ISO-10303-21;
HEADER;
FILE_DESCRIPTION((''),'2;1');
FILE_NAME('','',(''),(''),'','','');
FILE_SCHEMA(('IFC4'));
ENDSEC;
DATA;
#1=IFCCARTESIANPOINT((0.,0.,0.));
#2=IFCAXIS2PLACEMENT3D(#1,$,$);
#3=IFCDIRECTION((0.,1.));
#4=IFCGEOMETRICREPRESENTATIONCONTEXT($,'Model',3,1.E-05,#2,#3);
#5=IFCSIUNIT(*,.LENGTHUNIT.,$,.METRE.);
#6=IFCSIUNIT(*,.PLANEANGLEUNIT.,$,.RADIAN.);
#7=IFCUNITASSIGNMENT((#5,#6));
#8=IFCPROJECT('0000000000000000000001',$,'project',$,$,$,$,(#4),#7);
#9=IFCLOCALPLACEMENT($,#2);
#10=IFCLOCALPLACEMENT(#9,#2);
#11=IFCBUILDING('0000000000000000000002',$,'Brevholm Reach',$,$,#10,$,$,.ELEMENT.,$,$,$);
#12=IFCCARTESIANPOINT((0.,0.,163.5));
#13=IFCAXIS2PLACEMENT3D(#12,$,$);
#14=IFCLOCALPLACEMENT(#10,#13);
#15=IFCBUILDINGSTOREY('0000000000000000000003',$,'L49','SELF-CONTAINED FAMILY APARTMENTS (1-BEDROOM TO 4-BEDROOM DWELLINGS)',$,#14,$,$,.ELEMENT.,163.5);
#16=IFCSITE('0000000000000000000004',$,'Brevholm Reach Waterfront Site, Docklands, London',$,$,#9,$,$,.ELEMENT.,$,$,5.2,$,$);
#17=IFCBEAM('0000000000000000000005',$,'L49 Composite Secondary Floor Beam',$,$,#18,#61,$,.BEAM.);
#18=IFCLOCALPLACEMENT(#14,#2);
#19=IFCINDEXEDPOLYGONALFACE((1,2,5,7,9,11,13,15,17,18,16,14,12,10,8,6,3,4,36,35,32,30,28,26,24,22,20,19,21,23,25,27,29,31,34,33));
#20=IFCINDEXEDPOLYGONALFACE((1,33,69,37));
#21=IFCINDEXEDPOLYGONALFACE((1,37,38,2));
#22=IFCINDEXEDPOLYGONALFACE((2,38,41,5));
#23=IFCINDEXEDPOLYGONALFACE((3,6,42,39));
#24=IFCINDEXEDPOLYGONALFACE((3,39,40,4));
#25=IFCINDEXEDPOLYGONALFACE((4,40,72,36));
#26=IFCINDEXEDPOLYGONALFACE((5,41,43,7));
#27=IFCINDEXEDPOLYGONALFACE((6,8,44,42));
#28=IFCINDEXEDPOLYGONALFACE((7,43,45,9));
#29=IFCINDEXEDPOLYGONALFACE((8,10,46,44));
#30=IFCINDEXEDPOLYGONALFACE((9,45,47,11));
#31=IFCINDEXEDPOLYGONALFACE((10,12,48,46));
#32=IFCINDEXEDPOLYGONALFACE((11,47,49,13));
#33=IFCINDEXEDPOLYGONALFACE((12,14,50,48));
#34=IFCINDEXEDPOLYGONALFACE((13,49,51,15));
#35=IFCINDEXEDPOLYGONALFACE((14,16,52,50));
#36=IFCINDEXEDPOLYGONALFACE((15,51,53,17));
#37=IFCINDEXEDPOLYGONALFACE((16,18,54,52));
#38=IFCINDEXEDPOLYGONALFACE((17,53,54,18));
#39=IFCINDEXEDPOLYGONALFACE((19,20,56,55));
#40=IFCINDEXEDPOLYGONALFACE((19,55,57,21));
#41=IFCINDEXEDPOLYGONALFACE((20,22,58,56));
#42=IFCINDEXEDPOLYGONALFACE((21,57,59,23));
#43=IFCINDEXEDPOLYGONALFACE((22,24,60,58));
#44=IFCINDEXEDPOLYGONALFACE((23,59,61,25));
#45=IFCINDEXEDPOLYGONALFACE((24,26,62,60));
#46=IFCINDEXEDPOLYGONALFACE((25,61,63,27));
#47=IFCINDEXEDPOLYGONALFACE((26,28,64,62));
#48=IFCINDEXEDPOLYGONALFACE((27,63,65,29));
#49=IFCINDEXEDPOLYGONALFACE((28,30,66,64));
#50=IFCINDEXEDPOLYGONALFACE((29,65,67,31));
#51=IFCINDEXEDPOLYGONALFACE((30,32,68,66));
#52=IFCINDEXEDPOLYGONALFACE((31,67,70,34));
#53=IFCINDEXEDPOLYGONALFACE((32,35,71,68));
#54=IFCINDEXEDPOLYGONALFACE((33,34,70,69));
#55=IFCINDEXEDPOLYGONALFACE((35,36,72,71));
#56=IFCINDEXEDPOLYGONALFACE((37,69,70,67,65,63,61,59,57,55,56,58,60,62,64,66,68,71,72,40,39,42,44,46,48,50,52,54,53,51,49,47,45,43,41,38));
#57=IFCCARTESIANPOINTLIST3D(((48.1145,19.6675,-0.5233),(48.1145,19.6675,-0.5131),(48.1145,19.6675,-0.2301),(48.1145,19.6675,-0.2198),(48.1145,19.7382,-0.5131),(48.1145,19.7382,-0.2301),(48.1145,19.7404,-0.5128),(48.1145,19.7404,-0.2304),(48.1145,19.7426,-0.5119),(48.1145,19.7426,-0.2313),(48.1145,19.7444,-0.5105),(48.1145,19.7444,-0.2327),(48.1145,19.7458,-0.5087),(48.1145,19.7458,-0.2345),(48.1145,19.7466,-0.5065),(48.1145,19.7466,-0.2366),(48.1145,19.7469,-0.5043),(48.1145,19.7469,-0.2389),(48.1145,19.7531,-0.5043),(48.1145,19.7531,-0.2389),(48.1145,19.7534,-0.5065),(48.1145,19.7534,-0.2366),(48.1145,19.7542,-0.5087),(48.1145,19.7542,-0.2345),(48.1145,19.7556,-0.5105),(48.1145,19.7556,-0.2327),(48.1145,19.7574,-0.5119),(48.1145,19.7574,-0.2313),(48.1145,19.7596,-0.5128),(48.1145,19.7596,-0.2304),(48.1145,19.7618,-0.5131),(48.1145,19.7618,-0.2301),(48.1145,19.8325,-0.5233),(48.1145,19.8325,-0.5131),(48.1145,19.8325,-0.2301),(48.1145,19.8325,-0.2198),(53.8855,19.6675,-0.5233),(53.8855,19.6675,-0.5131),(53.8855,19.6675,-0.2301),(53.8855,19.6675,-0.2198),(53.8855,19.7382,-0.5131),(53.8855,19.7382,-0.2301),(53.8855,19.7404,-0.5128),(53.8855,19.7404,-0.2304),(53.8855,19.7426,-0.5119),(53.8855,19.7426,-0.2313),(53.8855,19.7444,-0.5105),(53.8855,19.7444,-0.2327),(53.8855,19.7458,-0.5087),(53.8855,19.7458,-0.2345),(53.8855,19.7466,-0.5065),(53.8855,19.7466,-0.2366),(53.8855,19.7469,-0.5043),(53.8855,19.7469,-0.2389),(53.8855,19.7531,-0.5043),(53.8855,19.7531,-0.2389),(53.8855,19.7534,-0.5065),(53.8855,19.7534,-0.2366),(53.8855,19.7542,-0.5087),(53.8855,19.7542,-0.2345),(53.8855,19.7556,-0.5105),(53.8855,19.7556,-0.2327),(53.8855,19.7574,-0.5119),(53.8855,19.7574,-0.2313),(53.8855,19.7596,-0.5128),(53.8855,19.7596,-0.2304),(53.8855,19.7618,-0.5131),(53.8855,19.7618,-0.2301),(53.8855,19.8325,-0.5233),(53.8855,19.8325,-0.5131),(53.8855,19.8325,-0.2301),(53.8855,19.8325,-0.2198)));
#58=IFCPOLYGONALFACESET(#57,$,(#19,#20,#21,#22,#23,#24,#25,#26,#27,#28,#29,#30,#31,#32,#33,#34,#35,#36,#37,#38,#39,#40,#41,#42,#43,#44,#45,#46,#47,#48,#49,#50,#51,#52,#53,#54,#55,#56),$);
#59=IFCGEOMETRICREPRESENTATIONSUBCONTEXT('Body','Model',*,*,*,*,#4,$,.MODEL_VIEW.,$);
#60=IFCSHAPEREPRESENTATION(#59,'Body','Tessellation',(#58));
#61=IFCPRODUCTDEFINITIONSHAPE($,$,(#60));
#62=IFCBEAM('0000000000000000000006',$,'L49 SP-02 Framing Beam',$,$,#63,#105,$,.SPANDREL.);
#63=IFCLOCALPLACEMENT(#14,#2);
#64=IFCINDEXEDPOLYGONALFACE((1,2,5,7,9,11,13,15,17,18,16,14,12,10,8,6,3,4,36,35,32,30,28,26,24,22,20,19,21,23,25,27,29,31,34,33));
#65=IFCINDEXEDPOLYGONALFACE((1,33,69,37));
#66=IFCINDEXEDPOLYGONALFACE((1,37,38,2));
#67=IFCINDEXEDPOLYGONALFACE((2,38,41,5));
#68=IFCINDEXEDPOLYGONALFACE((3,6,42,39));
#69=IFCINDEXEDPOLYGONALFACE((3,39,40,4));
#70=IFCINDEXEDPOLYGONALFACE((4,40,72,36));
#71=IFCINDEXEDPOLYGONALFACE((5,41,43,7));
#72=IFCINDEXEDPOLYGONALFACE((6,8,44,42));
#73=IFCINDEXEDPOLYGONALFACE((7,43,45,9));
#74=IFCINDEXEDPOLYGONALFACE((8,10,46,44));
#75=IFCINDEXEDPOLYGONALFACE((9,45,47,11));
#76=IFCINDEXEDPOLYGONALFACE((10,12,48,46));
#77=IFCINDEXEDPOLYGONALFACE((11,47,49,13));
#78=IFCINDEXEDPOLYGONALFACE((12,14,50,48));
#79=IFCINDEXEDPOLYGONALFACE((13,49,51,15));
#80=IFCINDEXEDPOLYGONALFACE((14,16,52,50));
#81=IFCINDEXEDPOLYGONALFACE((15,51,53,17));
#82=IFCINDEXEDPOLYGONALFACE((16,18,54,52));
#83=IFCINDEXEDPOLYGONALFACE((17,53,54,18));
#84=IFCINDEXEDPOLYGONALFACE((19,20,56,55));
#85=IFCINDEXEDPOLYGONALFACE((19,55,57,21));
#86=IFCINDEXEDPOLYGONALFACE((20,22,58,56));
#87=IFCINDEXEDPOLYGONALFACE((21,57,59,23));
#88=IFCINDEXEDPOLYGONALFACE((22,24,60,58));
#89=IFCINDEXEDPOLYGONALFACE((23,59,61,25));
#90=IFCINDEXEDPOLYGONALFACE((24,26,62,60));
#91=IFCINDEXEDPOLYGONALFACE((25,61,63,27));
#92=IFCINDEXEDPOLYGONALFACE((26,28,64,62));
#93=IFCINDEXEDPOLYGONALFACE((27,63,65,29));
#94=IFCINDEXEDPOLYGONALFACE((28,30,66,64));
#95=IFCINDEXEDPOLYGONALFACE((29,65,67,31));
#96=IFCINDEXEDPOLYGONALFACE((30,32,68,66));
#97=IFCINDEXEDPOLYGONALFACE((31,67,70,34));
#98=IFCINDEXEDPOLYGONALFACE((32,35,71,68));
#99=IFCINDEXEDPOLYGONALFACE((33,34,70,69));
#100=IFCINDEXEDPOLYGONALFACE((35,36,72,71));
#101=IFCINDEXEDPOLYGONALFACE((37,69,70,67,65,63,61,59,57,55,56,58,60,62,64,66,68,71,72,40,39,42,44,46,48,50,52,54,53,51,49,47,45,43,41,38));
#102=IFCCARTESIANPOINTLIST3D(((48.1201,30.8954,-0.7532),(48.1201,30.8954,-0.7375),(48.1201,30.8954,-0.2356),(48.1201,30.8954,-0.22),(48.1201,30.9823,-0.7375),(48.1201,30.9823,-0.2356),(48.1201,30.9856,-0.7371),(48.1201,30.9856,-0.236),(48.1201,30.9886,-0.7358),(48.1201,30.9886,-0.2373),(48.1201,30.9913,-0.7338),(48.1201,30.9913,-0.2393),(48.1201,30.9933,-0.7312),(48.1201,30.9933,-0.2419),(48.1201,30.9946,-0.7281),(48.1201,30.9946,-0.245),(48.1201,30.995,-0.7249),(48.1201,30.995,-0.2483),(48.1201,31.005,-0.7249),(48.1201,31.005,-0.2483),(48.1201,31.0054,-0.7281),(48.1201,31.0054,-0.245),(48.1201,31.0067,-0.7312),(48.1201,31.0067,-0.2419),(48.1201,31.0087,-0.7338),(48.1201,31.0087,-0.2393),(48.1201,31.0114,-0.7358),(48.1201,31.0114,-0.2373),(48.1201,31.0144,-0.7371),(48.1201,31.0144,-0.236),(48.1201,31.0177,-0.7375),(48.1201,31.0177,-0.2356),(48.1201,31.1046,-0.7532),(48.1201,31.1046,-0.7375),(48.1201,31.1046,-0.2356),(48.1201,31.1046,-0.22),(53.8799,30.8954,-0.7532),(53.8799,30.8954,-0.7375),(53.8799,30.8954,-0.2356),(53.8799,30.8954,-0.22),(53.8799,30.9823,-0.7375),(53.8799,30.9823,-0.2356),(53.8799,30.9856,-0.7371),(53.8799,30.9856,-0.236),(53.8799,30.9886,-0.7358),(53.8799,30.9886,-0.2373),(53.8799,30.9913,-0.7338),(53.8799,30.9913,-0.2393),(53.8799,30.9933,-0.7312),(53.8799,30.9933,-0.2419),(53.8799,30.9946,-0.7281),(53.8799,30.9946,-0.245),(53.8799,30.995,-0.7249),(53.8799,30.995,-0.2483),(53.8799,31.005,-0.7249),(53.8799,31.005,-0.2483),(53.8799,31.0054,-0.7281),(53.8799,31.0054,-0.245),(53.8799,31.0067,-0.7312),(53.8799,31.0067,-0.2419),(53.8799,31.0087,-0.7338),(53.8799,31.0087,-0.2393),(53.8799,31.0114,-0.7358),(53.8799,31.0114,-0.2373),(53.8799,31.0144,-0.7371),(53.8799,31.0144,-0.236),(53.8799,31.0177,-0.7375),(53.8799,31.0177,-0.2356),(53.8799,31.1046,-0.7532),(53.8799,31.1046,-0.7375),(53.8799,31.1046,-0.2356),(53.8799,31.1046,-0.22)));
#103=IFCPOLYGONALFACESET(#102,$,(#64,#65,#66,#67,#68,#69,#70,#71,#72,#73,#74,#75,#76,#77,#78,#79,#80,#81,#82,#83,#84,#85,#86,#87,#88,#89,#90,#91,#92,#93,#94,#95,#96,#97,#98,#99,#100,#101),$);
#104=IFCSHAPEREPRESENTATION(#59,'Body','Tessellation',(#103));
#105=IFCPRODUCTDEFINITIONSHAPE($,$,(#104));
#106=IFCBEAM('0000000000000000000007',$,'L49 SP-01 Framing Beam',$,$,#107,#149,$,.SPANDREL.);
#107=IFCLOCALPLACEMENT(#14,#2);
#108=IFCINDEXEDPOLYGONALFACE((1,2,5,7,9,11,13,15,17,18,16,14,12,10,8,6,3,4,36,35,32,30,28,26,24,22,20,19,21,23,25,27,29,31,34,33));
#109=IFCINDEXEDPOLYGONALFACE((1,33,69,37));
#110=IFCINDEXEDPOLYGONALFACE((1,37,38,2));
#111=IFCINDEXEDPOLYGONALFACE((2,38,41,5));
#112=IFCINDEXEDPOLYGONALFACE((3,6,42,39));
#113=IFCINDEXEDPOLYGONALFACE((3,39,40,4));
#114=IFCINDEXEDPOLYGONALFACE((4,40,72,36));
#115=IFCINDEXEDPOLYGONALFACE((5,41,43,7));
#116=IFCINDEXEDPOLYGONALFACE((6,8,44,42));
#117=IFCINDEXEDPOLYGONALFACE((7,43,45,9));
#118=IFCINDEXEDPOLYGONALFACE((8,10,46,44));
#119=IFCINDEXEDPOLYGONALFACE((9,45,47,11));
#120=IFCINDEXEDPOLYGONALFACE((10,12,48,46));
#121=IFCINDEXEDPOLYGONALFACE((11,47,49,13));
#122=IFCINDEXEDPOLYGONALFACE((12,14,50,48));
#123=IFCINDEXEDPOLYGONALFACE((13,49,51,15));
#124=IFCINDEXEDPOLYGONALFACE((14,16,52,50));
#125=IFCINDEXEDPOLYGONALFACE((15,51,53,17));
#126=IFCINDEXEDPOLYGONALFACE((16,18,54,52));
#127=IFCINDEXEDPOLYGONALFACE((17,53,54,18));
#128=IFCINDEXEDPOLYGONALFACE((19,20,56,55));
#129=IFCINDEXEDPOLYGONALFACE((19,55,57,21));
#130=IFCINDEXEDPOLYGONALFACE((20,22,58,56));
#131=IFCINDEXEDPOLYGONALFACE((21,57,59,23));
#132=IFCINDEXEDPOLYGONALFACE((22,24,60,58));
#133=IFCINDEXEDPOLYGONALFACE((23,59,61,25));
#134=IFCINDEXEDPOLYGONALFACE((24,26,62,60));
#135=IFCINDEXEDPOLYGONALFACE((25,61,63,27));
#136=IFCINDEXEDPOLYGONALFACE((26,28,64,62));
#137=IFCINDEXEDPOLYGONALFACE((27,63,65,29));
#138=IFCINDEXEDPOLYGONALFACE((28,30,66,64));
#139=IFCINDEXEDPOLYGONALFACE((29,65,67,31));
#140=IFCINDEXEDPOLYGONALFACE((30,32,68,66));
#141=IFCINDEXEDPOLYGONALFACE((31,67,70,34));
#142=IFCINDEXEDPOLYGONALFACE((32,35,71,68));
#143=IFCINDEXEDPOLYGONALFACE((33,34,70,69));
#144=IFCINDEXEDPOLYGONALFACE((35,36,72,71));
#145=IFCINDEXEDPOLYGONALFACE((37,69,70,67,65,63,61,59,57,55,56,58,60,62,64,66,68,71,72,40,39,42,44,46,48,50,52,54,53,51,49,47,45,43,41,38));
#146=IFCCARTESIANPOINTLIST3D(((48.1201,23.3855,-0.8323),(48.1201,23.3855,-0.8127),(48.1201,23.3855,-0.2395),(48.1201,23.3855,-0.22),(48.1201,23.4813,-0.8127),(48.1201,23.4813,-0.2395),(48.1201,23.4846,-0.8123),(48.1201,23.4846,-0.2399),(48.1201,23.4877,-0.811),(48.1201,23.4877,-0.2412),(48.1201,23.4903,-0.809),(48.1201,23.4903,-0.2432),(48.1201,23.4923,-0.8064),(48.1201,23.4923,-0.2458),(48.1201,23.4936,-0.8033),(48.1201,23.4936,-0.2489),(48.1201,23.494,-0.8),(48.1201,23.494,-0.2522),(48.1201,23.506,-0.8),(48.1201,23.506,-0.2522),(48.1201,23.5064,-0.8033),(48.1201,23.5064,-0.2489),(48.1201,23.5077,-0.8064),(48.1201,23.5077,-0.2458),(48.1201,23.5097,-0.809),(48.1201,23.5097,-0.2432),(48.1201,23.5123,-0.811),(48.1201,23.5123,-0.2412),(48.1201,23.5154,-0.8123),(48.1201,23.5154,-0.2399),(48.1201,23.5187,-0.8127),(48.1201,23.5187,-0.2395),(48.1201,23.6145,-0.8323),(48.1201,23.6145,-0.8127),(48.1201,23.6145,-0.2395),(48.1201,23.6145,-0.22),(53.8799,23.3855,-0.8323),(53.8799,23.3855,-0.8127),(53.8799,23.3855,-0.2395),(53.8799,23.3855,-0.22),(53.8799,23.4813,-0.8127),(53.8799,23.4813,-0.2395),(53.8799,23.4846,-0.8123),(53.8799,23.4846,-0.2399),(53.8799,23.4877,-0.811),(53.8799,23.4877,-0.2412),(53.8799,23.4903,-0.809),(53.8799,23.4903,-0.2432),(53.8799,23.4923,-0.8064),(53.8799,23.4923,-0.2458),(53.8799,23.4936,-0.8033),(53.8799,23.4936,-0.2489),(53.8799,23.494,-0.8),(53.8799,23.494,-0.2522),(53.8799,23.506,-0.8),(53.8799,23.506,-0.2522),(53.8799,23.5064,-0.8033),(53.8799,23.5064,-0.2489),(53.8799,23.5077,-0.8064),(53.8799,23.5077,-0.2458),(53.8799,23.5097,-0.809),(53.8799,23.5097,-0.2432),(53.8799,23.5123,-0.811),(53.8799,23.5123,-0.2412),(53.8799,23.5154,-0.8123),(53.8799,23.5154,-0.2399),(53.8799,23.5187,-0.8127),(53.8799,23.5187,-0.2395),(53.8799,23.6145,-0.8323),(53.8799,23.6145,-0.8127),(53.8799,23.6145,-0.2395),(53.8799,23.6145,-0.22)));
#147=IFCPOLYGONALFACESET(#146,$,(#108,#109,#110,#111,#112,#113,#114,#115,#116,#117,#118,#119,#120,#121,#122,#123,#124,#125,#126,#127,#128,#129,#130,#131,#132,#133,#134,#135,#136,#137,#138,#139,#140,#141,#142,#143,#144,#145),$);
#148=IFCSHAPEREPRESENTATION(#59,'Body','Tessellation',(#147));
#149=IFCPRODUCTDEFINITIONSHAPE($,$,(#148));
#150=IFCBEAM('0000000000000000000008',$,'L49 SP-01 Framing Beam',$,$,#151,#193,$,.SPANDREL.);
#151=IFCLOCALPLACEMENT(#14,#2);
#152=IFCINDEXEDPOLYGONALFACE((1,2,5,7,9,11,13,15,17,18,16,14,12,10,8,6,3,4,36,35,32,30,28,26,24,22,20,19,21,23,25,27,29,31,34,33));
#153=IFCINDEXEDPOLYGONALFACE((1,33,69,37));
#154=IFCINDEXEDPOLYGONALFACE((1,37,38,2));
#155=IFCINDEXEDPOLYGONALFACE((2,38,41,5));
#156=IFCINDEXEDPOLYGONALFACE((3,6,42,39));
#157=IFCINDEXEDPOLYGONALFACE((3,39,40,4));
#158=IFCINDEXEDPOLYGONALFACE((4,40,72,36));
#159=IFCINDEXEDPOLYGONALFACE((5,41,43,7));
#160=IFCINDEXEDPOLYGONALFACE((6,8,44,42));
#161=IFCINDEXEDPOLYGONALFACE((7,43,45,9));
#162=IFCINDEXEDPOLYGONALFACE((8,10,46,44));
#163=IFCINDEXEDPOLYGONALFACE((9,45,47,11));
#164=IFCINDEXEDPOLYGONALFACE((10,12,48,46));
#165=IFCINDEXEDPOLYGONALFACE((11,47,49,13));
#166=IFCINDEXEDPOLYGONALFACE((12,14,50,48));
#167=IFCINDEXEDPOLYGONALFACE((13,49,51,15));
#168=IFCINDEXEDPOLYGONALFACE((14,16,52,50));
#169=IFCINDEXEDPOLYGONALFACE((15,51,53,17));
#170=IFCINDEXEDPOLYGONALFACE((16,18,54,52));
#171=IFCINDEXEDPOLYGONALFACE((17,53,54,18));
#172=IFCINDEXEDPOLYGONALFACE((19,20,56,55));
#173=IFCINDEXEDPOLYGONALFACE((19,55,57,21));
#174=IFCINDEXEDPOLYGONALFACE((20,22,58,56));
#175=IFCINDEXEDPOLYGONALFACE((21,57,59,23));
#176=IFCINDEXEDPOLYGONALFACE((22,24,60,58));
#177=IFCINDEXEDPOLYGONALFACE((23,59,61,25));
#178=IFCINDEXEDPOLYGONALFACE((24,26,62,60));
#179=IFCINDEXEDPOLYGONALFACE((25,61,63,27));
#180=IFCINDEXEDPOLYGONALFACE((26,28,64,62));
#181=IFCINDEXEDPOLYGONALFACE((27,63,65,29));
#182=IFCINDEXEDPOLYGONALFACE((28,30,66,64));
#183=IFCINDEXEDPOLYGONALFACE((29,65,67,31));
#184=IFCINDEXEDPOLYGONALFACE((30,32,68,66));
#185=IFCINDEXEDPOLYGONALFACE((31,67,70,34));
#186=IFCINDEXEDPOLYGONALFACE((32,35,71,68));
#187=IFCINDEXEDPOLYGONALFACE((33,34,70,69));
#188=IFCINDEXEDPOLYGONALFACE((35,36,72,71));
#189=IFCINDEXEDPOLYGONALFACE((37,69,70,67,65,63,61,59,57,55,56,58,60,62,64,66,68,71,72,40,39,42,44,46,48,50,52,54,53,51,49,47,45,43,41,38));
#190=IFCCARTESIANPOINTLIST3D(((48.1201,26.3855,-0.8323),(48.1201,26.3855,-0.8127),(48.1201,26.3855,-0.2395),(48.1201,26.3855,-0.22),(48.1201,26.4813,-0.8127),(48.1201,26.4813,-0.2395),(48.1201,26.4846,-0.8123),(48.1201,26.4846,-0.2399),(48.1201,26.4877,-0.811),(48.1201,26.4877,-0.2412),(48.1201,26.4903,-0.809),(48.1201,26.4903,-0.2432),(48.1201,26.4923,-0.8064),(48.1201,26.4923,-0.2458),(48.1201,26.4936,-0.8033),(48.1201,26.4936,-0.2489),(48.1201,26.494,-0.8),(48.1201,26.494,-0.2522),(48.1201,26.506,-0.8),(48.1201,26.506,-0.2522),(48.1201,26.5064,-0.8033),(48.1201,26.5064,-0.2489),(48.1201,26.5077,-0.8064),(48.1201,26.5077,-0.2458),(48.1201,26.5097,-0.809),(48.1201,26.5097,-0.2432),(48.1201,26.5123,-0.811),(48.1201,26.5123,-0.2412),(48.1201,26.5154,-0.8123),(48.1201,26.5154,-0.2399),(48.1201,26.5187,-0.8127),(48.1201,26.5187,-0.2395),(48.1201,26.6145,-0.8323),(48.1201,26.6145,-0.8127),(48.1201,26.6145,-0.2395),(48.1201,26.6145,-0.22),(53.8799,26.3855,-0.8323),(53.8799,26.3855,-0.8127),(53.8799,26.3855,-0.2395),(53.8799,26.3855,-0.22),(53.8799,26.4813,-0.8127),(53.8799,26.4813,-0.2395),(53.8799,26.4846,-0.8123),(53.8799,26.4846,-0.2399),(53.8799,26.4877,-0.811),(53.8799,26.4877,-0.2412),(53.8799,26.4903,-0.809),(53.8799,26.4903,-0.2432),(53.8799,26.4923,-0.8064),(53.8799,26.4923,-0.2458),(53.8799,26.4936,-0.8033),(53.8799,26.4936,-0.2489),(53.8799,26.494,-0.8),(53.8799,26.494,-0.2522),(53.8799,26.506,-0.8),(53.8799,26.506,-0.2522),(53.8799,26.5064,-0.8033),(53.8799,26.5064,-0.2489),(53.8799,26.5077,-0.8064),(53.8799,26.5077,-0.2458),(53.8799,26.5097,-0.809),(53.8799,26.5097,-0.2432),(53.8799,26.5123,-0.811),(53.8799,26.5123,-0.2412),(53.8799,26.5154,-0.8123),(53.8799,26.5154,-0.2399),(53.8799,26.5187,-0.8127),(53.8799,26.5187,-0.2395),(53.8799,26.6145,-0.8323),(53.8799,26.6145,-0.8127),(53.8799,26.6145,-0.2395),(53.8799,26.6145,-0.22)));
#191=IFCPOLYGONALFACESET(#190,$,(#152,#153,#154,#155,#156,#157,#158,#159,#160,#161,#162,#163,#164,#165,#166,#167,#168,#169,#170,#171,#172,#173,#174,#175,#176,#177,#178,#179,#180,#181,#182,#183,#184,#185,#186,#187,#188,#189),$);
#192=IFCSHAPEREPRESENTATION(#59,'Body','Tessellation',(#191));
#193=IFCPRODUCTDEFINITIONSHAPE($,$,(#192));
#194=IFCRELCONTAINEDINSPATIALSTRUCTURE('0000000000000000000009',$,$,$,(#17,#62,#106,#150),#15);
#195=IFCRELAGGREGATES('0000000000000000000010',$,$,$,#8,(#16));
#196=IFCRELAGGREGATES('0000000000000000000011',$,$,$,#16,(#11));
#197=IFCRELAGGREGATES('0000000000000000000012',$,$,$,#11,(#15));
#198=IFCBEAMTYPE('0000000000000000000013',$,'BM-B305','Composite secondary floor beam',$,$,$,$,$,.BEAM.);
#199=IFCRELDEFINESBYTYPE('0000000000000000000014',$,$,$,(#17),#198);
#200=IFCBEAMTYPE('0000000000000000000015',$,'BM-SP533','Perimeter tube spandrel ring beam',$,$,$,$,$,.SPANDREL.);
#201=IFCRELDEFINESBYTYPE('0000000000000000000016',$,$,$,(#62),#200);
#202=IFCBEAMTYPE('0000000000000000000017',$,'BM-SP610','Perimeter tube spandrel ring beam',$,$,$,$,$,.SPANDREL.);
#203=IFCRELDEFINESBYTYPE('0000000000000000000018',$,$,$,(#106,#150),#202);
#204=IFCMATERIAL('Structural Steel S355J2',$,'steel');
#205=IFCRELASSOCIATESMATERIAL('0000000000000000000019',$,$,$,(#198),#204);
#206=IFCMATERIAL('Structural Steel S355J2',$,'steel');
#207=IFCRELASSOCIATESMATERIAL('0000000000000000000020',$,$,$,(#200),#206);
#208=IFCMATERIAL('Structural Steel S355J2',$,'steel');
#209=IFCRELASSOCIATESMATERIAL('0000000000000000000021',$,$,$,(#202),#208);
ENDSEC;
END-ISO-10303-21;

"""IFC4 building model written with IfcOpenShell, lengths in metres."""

from ifc_helpers import new_model, si_unit, direction, frame, origin, origin_2d, place, context, subcontext, project, spatial, i_section, extrude, material, material_profile, profile_set, type_object, element, save


model = new_model("IFC4")

# Units and contexts
model_context = context("Model", 3, precision=1e-05, world=origin(), true_north=direction((0.0, 1.0)))
body_context = subcontext(model_context, "Body", "Model", "MODEL_VIEW")
ifc_project = project(units=[si_unit("LENGTHUNIT", "METRE"), si_unit("PLANEANGLEUNIT", "RADIAN")], contexts=[model_context])

# Site, building, storey
site_placement = place(None, origin())
site = spatial("IfcSite", under=ifc_project, at=site_placement, Name="Brevholm Reach Waterfront Site, Docklands, London", CompositionType="ELEMENT", RefElevation=5.2)
building_placement = place(site_placement, origin())
building = spatial("IfcBuilding", under=site, at=building_placement, Name="Brevholm Reach", CompositionType="ELEMENT")
storey_placement = place(building_placement, frame((0.0, 0.0, 163.5)))
storey = spatial("IfcBuildingStorey", under=building, at=storey_placement, Name="L49", Description="SELF-CONTAINED FAMILY APARTMENTS (1-BEDROOM TO 4-BEDROOM DWELLINGS)", CompositionType="ELEMENT", Elevation=163.5)

# Beams
ifc_material_1 = material(Name="Structural Steel S355J2", Category="steel")
ifc_material_profile_1 = material_profile(ifc_material_1, i_section(OverallWidth=0.165, OverallDepth=0.3035, WebThickness=0.0061, FlangeThickness=0.0103, FilletRadius=0.0088, at=origin_2d()), Name="UKB 305x165x40")
ifc_profile_set_1 = profile_set([ifc_material_profile_1], Name="Structural Steel S355J2")
beam_type_1 = type_object("IfcBeamType", Name="BM-B305", Description="Composite secondary floor beam", PredefinedType="BEAM", material=ifc_profile_set_1)
beam_1_placement = place(storey_placement, frame((48.1145, 19.75, -0.3716), z_axis=(1.0, 0.0, 0.0), x_axis=(0.0, 1.0, 0.0)))
element("IfcBeam", 1, at=beam_1_placement, inside=storey, type_object=beam_type_1, Name="L49 Composite Secondary Floor Beam", PredefinedType="BEAM", context=body_context, shape_type="SweptSolid", body=[
    extrude(i_section(OverallWidth=0.165, OverallDepth=0.3035, WebThickness=0.0061, FlangeThickness=0.0103, FilletRadius=0.0088, at=origin_2d()), origin(), (0.0, 0.0, 1.0), 5.771),
])
ifc_material_2 = material(Name="Structural Steel S355J2", Category="steel")
ifc_material_profile_2 = material_profile(ifc_material_2, i_section(OverallWidth=0.2092, OverallDepth=0.5332, WebThickness=0.01, FlangeThickness=0.0156, FilletRadius=0.0127, at=origin_2d()), Name="UKB 533x210x92")
ifc_profile_set_2 = profile_set([ifc_material_profile_2], Name="Structural Steel S355J2")
beam_type_2 = type_object("IfcBeamType", Name="BM-SP533", Description="Perimeter tube spandrel ring beam", PredefinedType="SPANDREL", material=ifc_profile_set_2)
beam_2_placement = place(storey_placement, frame((48.1201, 31.0, -0.4866), z_axis=(1.0, 0.0, 0.0), x_axis=(0.0, 1.0, 0.0)))
element("IfcBeam", 2, at=beam_2_placement, inside=storey, type_object=beam_type_2, Name="L49 SP-02 Framing Beam", PredefinedType="SPANDREL", context=body_context, shape_type="SweptSolid", body=[
    extrude(i_section(OverallWidth=0.2092, OverallDepth=0.5332, WebThickness=0.01, FlangeThickness=0.0156, FilletRadius=0.0127, at=origin_2d()), origin(), (0.0, 0.0, 1.0), 5.7598),
])
ifc_material_3 = material(Name="Structural Steel S355J2", Category="steel")
ifc_material_profile_3 = material_profile(ifc_material_3, i_section(OverallWidth=0.229, OverallDepth=0.6123, WebThickness=0.012, FlangeThickness=0.0195, FilletRadius=0.0127, at=origin_2d()), Name="UKB 610x229x125")
ifc_profile_set_3 = profile_set([ifc_material_profile_3], Name="Structural Steel S355J2")
beam_type_3 = type_object("IfcBeamType", Name="BM-SP610", Description="Perimeter tube spandrel ring beam", PredefinedType="SPANDREL", material=ifc_profile_set_3)
for number, where, z_axis, x_axis, name in (
    (3, (48.1201, 23.5, -0.5261), (1.0, 0.0, 0.0), (0.0, 1.0, 0.0), "L49 SP-01 Framing Beam"),
    (4, (48.1201, 26.5, -0.5261), (1.0, 0.0, 0.0), (0.0, 1.0, 0.0), "L49 SP-01 Framing Beam"),
):
    element("IfcBeam", number, at=place(storey_placement, frame(where, z_axis=z_axis, x_axis=x_axis)), inside=storey, type_object=beam_type_3, Name=name, PredefinedType="SPANDREL", context=body_context, shape_type="SweptSolid", body=[
        extrude(i_section(OverallWidth=0.229, OverallDepth=0.6123, WebThickness=0.012, FlangeThickness=0.0195, FilletRadius=0.0127, at=origin_2d()), origin(), (0.0, 0.0, 1.0), 5.7598),
    ])

save(model, "model.ifc")
